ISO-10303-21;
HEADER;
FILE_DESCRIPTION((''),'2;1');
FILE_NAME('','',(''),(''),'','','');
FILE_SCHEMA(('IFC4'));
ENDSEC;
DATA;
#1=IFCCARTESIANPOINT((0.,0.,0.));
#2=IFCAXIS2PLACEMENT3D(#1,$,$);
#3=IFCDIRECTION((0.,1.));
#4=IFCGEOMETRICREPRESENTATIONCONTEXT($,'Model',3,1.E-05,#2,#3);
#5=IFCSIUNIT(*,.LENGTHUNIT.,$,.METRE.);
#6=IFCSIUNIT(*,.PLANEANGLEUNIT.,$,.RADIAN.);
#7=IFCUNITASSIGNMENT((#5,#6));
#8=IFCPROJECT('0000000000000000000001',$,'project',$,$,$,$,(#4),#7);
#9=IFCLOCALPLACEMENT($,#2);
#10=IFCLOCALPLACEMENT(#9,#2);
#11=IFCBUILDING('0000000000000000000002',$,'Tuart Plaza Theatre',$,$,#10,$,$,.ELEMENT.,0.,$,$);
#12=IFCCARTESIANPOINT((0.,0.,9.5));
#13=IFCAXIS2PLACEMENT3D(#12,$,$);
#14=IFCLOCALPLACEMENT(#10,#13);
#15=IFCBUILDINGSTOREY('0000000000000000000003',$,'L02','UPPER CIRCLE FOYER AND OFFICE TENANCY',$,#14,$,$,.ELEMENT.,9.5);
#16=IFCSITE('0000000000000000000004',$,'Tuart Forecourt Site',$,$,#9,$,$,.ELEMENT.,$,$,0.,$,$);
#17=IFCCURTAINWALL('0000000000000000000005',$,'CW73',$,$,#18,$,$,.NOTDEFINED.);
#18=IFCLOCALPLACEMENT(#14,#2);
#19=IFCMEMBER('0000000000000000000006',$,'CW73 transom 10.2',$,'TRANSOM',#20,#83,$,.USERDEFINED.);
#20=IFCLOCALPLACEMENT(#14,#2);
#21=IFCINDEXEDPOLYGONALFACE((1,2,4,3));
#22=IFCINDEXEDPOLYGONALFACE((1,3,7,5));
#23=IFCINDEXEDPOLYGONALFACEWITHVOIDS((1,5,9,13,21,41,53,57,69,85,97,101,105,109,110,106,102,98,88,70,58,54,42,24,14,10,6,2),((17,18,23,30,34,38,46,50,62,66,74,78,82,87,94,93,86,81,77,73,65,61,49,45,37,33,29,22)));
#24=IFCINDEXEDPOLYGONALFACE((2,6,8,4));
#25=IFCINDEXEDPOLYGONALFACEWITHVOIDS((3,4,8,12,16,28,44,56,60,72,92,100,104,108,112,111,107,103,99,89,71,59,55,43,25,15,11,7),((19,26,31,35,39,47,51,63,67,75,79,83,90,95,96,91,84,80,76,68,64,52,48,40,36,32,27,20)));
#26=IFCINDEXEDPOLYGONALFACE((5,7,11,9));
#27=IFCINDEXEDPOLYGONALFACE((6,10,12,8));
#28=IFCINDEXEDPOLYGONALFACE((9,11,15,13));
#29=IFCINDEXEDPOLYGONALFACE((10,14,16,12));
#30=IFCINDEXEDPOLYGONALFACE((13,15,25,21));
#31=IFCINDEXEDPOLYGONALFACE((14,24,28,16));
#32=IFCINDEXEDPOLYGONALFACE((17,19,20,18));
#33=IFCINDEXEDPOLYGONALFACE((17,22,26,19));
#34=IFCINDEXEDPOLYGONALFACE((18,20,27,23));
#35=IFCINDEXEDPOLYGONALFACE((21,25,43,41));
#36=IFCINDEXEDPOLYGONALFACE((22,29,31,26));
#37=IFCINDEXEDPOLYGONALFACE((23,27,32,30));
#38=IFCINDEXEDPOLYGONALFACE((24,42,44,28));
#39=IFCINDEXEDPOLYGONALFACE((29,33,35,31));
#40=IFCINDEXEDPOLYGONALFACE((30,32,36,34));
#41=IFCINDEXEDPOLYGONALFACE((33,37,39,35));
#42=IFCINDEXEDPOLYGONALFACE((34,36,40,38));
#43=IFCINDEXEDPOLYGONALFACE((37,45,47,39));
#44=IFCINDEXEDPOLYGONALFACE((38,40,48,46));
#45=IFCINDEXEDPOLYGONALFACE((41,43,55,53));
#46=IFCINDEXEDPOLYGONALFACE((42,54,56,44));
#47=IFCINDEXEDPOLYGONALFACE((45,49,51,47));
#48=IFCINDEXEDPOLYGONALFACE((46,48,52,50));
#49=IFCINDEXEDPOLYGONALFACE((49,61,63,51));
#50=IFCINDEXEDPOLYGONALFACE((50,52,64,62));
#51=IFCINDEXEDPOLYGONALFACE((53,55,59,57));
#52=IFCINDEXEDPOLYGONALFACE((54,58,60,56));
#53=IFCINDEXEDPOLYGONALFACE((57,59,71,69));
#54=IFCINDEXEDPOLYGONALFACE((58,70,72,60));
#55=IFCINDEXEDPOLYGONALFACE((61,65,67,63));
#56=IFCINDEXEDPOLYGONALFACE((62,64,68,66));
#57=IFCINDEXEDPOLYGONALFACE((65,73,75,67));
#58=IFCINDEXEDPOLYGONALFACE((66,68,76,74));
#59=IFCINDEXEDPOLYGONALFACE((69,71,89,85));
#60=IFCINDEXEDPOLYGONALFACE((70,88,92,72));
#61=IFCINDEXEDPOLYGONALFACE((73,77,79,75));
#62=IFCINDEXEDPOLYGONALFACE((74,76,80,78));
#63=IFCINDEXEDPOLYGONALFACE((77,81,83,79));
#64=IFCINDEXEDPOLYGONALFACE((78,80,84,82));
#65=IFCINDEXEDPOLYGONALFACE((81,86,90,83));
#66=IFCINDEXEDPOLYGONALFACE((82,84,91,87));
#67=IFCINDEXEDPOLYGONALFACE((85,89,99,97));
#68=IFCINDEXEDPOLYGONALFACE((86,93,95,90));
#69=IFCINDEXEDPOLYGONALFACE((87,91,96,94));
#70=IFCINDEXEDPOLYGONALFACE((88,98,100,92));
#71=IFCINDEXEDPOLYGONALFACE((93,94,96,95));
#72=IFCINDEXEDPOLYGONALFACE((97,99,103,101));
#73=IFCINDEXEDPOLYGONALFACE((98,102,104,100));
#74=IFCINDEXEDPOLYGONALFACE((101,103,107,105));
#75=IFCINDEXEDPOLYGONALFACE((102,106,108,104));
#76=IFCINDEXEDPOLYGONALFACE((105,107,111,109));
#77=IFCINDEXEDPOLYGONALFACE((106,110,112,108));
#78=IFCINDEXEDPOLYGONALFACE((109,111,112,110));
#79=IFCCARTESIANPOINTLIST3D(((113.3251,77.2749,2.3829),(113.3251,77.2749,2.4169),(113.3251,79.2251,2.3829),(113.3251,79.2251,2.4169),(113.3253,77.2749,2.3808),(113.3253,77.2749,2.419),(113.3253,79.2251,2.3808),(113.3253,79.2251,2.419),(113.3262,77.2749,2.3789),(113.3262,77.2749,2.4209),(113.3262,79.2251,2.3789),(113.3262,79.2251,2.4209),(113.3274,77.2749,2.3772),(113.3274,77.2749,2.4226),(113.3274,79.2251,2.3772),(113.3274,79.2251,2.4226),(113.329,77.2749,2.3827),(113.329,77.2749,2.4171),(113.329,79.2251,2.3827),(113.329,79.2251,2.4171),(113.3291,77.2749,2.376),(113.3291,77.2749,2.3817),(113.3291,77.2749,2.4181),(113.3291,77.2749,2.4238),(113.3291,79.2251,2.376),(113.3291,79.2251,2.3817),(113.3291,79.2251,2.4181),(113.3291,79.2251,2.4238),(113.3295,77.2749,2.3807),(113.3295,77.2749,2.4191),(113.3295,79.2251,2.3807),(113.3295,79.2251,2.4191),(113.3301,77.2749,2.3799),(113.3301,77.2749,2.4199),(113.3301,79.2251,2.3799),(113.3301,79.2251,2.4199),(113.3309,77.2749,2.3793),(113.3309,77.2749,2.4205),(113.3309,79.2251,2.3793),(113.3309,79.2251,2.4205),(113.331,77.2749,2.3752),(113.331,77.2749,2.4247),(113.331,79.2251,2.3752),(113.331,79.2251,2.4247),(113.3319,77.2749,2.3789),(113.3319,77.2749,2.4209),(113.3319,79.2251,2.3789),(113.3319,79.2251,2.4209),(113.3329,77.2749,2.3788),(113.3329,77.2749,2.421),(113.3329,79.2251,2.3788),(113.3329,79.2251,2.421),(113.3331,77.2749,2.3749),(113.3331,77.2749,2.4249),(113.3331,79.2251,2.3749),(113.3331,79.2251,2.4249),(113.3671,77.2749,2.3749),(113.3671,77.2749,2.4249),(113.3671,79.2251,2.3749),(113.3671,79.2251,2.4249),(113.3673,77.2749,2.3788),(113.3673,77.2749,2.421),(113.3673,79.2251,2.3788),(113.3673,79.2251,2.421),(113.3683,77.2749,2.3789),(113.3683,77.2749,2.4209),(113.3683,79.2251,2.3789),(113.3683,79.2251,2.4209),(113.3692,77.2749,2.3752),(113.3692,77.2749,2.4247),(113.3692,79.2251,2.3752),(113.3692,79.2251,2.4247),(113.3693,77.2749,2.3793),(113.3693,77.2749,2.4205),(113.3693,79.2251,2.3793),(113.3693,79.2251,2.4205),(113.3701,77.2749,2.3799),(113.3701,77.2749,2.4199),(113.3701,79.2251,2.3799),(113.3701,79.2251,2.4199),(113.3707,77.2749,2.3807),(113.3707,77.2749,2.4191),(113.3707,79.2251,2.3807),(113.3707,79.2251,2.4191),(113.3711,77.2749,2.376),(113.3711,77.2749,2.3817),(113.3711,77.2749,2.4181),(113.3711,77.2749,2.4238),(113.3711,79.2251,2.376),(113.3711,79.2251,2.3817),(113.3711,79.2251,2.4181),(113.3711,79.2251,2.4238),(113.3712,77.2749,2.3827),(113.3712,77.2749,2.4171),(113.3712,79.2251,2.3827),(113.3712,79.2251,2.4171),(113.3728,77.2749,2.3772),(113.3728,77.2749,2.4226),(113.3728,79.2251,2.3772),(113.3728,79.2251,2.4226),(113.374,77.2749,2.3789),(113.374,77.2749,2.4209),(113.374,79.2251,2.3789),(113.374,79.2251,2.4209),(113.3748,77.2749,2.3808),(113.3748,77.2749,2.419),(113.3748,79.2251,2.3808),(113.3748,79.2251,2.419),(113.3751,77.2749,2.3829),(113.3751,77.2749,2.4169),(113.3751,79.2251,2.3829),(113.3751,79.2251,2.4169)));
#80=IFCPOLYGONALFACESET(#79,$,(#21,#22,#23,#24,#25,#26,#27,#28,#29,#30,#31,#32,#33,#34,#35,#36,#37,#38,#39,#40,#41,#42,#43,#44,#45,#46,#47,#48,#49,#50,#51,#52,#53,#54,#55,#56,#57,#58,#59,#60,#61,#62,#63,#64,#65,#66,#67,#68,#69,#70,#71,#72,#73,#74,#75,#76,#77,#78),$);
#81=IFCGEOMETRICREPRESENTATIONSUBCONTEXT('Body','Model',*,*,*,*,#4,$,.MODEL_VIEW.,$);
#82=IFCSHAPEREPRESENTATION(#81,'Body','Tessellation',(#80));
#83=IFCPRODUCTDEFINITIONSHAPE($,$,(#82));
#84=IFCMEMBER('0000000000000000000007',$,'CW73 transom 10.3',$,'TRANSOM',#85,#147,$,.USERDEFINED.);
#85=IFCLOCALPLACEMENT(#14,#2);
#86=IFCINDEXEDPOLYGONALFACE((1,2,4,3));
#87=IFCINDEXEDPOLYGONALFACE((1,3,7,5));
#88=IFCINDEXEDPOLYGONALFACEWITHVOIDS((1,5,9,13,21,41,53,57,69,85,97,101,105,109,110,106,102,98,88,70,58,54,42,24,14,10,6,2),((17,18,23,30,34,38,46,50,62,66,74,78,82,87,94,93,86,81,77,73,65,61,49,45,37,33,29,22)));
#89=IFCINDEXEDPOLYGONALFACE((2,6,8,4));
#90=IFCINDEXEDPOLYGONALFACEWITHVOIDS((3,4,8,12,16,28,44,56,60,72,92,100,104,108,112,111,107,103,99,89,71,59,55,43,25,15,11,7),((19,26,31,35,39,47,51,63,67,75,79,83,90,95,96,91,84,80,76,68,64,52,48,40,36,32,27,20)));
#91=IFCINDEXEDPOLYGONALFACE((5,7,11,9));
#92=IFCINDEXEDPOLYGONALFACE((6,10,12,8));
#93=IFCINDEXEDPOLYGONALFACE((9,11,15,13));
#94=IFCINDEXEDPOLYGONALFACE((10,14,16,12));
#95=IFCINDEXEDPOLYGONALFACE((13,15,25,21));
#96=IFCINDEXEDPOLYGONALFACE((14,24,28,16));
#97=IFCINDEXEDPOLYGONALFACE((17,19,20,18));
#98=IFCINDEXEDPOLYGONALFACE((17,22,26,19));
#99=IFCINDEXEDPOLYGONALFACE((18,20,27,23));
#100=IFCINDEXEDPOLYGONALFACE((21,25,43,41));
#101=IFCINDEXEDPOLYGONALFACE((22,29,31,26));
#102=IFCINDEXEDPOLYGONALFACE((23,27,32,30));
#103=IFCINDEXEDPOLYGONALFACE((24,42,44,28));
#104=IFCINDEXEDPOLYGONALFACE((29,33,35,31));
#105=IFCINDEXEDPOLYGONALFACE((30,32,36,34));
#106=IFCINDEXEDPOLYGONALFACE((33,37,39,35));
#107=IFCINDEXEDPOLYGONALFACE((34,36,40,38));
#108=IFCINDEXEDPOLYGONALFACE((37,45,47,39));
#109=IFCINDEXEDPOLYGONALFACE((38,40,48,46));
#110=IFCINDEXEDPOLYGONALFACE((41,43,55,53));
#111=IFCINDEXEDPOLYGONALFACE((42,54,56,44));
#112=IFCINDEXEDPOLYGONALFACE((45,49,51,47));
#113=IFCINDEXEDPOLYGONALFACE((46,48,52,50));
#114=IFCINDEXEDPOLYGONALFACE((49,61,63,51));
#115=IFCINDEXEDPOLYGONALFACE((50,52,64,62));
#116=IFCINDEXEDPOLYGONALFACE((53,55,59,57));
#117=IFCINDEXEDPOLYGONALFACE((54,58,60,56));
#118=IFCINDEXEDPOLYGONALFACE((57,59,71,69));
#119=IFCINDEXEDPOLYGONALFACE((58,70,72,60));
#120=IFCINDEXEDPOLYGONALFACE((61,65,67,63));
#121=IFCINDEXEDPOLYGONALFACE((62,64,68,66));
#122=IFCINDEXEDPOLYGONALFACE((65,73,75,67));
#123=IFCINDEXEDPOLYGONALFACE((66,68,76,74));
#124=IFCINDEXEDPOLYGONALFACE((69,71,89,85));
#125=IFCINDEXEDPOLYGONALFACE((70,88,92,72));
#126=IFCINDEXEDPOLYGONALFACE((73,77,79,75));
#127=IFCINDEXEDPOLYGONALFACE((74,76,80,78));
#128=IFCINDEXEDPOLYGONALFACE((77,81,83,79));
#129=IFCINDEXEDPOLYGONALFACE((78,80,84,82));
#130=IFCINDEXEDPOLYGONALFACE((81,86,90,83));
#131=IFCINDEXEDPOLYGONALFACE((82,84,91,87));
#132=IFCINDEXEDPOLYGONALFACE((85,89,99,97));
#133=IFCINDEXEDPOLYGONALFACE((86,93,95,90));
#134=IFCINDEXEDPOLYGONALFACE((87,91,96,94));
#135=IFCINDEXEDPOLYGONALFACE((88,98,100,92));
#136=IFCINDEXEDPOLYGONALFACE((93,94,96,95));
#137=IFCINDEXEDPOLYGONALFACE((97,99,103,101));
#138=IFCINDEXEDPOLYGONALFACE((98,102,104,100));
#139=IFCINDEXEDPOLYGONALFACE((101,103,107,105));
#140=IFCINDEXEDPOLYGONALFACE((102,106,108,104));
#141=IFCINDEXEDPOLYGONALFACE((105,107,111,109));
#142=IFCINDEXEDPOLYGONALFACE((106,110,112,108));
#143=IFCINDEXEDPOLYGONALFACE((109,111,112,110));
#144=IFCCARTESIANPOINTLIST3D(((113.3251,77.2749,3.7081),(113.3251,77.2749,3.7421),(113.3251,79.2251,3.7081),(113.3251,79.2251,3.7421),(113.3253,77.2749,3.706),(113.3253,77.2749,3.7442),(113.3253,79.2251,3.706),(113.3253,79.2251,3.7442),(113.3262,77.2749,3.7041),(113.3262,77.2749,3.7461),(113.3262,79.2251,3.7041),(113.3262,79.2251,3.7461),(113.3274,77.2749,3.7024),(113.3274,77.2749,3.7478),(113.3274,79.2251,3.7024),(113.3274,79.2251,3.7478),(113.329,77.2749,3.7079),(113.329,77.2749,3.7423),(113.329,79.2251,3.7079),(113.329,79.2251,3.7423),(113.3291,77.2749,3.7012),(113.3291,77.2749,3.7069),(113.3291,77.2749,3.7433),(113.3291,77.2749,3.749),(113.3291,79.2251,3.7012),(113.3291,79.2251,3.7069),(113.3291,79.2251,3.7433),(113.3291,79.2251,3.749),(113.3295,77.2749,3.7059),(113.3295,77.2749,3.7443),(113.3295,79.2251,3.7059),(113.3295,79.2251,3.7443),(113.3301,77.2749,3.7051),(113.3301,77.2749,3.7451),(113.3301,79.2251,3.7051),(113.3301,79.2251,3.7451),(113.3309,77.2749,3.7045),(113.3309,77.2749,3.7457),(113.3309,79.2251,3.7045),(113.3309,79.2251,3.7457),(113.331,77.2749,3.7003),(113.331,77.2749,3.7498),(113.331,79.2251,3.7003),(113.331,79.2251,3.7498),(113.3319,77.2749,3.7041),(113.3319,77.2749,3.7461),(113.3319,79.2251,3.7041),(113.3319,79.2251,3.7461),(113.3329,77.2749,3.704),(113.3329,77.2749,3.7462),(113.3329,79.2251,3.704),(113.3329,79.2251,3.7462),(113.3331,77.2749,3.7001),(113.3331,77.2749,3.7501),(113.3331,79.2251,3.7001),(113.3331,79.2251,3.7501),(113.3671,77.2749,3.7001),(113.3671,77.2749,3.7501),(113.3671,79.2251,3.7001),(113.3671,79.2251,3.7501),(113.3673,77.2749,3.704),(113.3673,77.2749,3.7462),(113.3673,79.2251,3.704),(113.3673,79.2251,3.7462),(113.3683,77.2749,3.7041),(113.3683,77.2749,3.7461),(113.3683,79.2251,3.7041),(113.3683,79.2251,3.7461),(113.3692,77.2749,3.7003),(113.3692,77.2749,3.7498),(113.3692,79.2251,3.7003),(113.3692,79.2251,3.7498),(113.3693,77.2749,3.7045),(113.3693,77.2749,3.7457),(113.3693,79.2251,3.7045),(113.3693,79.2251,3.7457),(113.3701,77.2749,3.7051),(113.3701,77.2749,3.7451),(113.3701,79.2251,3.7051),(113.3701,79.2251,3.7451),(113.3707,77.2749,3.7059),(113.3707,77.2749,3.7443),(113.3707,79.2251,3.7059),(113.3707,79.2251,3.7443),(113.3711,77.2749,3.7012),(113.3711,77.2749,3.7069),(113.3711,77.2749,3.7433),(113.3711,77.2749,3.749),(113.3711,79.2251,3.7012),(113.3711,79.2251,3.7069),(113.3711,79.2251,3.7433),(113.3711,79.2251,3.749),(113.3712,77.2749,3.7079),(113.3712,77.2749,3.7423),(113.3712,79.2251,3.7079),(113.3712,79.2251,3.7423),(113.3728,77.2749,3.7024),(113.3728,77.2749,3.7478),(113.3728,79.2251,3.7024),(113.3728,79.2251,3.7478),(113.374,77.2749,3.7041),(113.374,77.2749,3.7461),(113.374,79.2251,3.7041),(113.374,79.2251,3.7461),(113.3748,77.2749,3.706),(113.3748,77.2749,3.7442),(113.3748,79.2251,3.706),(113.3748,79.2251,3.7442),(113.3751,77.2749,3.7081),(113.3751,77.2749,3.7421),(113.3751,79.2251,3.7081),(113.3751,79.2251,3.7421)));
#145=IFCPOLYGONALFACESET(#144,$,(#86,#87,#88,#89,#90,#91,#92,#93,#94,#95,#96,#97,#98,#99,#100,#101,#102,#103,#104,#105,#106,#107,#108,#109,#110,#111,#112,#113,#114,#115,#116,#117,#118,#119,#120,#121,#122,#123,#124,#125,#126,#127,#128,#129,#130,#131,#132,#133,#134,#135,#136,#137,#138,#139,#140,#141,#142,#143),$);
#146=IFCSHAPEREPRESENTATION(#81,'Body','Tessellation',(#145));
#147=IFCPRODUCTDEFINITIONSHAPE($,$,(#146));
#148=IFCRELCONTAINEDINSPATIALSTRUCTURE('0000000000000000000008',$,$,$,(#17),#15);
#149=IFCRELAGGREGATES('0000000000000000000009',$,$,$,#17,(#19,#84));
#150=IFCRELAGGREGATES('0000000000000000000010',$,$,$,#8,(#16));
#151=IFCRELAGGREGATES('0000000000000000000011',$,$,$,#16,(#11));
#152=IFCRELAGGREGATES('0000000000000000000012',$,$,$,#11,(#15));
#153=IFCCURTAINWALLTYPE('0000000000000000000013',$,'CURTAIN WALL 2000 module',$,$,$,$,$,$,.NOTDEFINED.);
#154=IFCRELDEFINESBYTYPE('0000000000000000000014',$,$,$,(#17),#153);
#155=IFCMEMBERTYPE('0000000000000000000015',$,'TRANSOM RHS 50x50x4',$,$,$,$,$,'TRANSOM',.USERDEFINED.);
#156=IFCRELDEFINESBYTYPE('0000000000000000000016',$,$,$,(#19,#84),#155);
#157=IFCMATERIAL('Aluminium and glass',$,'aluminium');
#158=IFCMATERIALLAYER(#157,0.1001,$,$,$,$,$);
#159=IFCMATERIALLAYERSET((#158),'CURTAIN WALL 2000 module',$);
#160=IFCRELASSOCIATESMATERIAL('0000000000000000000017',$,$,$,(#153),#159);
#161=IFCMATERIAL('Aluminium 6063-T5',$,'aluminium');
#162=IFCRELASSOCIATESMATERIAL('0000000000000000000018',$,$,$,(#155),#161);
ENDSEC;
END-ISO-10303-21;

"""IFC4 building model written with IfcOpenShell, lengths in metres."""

from ifc_helpers import new_model, si_unit, direction, frame, origin, origin_2d, place, context, subcontext, project, spatial, hollow_rectangle, extrude, material, layer, layer_set, material_profile, profile_set, type_object, element, aggregate, save


model = new_model("IFC4")

# Units and contexts
model_context = context("Model", 3, precision=1e-05, world=origin(), true_north=direction((0.0, 1.0)))
body_context = subcontext(model_context, "Body", "Model", "MODEL_VIEW")
ifc_project = project(units=[si_unit("LENGTHUNIT", "METRE"), si_unit("PLANEANGLEUNIT", "RADIAN")], contexts=[model_context])

# Site, building, storey
site_placement = place(None, origin())
site = spatial("IfcSite", under=ifc_project, at=site_placement, Name="Tuart Forecourt Site", CompositionType="ELEMENT", RefElevation=0.0)
building_placement = place(site_placement, origin())
building = spatial("IfcBuilding", under=site, at=building_placement, Name="Tuart Plaza Theatre", CompositionType="ELEMENT", ElevationOfRefHeight=0.0)
storey_placement = place(building_placement, frame((0.0, 0.0, 9.5)))
storey = spatial("IfcBuildingStorey", under=building, at=storey_placement, Name="L02", Description="UPPER CIRCLE FOYER AND OFFICE TENANCY", CompositionType="ELEMENT", Elevation=9.5)

# Curtain wall, members
ifc_material_1 = material(Name="Aluminium and glass", Category="aluminium")
ifc_layer_1 = layer(ifc_material_1, 0.1001)
ifc_layer_set_1 = layer_set([ifc_layer_1], Name="CURTAIN WALL 2000 module")
curtain_wall_type = type_object("IfcCurtainWallType", Name="CURTAIN WALL 2000 module", PredefinedType="NOTDEFINED", material=ifc_layer_set_1)
curtain_wall_placement = place(storey_placement, origin())
curtain_wall = element("IfcCurtainWall", 1, at=curtain_wall_placement, inside=storey, type_object=curtain_wall_type, Name="CW73", PredefinedType="NOTDEFINED")
ifc_material_2 = material(Name="Aluminium 6063-T5", Category="aluminium")
ifc_material_profile_1 = material_profile(ifc_material_2, hollow_rectangle(XDim=0.05, YDim=0.05, WallThickness=0.0039, InnerFilletRadius=0.0039, OuterFilletRadius=0.0081, at=origin_2d()), Name="RHS 50x50x4")
ifc_profile_set_1 = profile_set([ifc_material_profile_1], Name="Aluminium 6063-T5")
member_type_1 = type_object("IfcMemberType", Name="TRANSOM RHS 50x50x4", ElementType="TRANSOM", PredefinedType="USERDEFINED", material=ifc_profile_set_1)
member_1_placement = place(storey_placement, frame((113.3501, 79.2251, 2.3999), z_axis=(0.0, -1.0, 0.0), x_axis=(1.0, 0.0, 0.0)))
member_1 = element("IfcMember", 2, at=member_1_placement, type_object=member_type_1, Name="CW73 transom 10.2", ObjectType="TRANSOM", PredefinedType="USERDEFINED", context=body_context, shape_type="SweptSolid", body=[
    extrude(hollow_rectangle(XDim=0.05, YDim=0.05, WallThickness=0.0039, InnerFilletRadius=0.0039, OuterFilletRadius=0.0081, at=origin_2d()), origin(), (0.0, 0.0, 1.0), 1.9502),
])
member_2_placement = place(storey_placement, frame((113.3501, 79.2251, 3.7251), z_axis=(0.0, -1.0, 0.0), x_axis=(1.0, 0.0, 0.0)))
member_2 = element("IfcMember", 3, at=member_2_placement, type_object=member_type_1, Name="CW73 transom 10.3", ObjectType="TRANSOM", PredefinedType="USERDEFINED", context=body_context, shape_type="SweptSolid", body=[
    extrude(hollow_rectangle(XDim=0.05, YDim=0.05, WallThickness=0.0039, InnerFilletRadius=0.0039, OuterFilletRadius=0.0081, at=origin_2d()), origin(), (0.0, 0.0, 1.0), 1.9502),
])
aggregate(curtain_wall, [member_1, member_2])

save(model, "model.ifc")
